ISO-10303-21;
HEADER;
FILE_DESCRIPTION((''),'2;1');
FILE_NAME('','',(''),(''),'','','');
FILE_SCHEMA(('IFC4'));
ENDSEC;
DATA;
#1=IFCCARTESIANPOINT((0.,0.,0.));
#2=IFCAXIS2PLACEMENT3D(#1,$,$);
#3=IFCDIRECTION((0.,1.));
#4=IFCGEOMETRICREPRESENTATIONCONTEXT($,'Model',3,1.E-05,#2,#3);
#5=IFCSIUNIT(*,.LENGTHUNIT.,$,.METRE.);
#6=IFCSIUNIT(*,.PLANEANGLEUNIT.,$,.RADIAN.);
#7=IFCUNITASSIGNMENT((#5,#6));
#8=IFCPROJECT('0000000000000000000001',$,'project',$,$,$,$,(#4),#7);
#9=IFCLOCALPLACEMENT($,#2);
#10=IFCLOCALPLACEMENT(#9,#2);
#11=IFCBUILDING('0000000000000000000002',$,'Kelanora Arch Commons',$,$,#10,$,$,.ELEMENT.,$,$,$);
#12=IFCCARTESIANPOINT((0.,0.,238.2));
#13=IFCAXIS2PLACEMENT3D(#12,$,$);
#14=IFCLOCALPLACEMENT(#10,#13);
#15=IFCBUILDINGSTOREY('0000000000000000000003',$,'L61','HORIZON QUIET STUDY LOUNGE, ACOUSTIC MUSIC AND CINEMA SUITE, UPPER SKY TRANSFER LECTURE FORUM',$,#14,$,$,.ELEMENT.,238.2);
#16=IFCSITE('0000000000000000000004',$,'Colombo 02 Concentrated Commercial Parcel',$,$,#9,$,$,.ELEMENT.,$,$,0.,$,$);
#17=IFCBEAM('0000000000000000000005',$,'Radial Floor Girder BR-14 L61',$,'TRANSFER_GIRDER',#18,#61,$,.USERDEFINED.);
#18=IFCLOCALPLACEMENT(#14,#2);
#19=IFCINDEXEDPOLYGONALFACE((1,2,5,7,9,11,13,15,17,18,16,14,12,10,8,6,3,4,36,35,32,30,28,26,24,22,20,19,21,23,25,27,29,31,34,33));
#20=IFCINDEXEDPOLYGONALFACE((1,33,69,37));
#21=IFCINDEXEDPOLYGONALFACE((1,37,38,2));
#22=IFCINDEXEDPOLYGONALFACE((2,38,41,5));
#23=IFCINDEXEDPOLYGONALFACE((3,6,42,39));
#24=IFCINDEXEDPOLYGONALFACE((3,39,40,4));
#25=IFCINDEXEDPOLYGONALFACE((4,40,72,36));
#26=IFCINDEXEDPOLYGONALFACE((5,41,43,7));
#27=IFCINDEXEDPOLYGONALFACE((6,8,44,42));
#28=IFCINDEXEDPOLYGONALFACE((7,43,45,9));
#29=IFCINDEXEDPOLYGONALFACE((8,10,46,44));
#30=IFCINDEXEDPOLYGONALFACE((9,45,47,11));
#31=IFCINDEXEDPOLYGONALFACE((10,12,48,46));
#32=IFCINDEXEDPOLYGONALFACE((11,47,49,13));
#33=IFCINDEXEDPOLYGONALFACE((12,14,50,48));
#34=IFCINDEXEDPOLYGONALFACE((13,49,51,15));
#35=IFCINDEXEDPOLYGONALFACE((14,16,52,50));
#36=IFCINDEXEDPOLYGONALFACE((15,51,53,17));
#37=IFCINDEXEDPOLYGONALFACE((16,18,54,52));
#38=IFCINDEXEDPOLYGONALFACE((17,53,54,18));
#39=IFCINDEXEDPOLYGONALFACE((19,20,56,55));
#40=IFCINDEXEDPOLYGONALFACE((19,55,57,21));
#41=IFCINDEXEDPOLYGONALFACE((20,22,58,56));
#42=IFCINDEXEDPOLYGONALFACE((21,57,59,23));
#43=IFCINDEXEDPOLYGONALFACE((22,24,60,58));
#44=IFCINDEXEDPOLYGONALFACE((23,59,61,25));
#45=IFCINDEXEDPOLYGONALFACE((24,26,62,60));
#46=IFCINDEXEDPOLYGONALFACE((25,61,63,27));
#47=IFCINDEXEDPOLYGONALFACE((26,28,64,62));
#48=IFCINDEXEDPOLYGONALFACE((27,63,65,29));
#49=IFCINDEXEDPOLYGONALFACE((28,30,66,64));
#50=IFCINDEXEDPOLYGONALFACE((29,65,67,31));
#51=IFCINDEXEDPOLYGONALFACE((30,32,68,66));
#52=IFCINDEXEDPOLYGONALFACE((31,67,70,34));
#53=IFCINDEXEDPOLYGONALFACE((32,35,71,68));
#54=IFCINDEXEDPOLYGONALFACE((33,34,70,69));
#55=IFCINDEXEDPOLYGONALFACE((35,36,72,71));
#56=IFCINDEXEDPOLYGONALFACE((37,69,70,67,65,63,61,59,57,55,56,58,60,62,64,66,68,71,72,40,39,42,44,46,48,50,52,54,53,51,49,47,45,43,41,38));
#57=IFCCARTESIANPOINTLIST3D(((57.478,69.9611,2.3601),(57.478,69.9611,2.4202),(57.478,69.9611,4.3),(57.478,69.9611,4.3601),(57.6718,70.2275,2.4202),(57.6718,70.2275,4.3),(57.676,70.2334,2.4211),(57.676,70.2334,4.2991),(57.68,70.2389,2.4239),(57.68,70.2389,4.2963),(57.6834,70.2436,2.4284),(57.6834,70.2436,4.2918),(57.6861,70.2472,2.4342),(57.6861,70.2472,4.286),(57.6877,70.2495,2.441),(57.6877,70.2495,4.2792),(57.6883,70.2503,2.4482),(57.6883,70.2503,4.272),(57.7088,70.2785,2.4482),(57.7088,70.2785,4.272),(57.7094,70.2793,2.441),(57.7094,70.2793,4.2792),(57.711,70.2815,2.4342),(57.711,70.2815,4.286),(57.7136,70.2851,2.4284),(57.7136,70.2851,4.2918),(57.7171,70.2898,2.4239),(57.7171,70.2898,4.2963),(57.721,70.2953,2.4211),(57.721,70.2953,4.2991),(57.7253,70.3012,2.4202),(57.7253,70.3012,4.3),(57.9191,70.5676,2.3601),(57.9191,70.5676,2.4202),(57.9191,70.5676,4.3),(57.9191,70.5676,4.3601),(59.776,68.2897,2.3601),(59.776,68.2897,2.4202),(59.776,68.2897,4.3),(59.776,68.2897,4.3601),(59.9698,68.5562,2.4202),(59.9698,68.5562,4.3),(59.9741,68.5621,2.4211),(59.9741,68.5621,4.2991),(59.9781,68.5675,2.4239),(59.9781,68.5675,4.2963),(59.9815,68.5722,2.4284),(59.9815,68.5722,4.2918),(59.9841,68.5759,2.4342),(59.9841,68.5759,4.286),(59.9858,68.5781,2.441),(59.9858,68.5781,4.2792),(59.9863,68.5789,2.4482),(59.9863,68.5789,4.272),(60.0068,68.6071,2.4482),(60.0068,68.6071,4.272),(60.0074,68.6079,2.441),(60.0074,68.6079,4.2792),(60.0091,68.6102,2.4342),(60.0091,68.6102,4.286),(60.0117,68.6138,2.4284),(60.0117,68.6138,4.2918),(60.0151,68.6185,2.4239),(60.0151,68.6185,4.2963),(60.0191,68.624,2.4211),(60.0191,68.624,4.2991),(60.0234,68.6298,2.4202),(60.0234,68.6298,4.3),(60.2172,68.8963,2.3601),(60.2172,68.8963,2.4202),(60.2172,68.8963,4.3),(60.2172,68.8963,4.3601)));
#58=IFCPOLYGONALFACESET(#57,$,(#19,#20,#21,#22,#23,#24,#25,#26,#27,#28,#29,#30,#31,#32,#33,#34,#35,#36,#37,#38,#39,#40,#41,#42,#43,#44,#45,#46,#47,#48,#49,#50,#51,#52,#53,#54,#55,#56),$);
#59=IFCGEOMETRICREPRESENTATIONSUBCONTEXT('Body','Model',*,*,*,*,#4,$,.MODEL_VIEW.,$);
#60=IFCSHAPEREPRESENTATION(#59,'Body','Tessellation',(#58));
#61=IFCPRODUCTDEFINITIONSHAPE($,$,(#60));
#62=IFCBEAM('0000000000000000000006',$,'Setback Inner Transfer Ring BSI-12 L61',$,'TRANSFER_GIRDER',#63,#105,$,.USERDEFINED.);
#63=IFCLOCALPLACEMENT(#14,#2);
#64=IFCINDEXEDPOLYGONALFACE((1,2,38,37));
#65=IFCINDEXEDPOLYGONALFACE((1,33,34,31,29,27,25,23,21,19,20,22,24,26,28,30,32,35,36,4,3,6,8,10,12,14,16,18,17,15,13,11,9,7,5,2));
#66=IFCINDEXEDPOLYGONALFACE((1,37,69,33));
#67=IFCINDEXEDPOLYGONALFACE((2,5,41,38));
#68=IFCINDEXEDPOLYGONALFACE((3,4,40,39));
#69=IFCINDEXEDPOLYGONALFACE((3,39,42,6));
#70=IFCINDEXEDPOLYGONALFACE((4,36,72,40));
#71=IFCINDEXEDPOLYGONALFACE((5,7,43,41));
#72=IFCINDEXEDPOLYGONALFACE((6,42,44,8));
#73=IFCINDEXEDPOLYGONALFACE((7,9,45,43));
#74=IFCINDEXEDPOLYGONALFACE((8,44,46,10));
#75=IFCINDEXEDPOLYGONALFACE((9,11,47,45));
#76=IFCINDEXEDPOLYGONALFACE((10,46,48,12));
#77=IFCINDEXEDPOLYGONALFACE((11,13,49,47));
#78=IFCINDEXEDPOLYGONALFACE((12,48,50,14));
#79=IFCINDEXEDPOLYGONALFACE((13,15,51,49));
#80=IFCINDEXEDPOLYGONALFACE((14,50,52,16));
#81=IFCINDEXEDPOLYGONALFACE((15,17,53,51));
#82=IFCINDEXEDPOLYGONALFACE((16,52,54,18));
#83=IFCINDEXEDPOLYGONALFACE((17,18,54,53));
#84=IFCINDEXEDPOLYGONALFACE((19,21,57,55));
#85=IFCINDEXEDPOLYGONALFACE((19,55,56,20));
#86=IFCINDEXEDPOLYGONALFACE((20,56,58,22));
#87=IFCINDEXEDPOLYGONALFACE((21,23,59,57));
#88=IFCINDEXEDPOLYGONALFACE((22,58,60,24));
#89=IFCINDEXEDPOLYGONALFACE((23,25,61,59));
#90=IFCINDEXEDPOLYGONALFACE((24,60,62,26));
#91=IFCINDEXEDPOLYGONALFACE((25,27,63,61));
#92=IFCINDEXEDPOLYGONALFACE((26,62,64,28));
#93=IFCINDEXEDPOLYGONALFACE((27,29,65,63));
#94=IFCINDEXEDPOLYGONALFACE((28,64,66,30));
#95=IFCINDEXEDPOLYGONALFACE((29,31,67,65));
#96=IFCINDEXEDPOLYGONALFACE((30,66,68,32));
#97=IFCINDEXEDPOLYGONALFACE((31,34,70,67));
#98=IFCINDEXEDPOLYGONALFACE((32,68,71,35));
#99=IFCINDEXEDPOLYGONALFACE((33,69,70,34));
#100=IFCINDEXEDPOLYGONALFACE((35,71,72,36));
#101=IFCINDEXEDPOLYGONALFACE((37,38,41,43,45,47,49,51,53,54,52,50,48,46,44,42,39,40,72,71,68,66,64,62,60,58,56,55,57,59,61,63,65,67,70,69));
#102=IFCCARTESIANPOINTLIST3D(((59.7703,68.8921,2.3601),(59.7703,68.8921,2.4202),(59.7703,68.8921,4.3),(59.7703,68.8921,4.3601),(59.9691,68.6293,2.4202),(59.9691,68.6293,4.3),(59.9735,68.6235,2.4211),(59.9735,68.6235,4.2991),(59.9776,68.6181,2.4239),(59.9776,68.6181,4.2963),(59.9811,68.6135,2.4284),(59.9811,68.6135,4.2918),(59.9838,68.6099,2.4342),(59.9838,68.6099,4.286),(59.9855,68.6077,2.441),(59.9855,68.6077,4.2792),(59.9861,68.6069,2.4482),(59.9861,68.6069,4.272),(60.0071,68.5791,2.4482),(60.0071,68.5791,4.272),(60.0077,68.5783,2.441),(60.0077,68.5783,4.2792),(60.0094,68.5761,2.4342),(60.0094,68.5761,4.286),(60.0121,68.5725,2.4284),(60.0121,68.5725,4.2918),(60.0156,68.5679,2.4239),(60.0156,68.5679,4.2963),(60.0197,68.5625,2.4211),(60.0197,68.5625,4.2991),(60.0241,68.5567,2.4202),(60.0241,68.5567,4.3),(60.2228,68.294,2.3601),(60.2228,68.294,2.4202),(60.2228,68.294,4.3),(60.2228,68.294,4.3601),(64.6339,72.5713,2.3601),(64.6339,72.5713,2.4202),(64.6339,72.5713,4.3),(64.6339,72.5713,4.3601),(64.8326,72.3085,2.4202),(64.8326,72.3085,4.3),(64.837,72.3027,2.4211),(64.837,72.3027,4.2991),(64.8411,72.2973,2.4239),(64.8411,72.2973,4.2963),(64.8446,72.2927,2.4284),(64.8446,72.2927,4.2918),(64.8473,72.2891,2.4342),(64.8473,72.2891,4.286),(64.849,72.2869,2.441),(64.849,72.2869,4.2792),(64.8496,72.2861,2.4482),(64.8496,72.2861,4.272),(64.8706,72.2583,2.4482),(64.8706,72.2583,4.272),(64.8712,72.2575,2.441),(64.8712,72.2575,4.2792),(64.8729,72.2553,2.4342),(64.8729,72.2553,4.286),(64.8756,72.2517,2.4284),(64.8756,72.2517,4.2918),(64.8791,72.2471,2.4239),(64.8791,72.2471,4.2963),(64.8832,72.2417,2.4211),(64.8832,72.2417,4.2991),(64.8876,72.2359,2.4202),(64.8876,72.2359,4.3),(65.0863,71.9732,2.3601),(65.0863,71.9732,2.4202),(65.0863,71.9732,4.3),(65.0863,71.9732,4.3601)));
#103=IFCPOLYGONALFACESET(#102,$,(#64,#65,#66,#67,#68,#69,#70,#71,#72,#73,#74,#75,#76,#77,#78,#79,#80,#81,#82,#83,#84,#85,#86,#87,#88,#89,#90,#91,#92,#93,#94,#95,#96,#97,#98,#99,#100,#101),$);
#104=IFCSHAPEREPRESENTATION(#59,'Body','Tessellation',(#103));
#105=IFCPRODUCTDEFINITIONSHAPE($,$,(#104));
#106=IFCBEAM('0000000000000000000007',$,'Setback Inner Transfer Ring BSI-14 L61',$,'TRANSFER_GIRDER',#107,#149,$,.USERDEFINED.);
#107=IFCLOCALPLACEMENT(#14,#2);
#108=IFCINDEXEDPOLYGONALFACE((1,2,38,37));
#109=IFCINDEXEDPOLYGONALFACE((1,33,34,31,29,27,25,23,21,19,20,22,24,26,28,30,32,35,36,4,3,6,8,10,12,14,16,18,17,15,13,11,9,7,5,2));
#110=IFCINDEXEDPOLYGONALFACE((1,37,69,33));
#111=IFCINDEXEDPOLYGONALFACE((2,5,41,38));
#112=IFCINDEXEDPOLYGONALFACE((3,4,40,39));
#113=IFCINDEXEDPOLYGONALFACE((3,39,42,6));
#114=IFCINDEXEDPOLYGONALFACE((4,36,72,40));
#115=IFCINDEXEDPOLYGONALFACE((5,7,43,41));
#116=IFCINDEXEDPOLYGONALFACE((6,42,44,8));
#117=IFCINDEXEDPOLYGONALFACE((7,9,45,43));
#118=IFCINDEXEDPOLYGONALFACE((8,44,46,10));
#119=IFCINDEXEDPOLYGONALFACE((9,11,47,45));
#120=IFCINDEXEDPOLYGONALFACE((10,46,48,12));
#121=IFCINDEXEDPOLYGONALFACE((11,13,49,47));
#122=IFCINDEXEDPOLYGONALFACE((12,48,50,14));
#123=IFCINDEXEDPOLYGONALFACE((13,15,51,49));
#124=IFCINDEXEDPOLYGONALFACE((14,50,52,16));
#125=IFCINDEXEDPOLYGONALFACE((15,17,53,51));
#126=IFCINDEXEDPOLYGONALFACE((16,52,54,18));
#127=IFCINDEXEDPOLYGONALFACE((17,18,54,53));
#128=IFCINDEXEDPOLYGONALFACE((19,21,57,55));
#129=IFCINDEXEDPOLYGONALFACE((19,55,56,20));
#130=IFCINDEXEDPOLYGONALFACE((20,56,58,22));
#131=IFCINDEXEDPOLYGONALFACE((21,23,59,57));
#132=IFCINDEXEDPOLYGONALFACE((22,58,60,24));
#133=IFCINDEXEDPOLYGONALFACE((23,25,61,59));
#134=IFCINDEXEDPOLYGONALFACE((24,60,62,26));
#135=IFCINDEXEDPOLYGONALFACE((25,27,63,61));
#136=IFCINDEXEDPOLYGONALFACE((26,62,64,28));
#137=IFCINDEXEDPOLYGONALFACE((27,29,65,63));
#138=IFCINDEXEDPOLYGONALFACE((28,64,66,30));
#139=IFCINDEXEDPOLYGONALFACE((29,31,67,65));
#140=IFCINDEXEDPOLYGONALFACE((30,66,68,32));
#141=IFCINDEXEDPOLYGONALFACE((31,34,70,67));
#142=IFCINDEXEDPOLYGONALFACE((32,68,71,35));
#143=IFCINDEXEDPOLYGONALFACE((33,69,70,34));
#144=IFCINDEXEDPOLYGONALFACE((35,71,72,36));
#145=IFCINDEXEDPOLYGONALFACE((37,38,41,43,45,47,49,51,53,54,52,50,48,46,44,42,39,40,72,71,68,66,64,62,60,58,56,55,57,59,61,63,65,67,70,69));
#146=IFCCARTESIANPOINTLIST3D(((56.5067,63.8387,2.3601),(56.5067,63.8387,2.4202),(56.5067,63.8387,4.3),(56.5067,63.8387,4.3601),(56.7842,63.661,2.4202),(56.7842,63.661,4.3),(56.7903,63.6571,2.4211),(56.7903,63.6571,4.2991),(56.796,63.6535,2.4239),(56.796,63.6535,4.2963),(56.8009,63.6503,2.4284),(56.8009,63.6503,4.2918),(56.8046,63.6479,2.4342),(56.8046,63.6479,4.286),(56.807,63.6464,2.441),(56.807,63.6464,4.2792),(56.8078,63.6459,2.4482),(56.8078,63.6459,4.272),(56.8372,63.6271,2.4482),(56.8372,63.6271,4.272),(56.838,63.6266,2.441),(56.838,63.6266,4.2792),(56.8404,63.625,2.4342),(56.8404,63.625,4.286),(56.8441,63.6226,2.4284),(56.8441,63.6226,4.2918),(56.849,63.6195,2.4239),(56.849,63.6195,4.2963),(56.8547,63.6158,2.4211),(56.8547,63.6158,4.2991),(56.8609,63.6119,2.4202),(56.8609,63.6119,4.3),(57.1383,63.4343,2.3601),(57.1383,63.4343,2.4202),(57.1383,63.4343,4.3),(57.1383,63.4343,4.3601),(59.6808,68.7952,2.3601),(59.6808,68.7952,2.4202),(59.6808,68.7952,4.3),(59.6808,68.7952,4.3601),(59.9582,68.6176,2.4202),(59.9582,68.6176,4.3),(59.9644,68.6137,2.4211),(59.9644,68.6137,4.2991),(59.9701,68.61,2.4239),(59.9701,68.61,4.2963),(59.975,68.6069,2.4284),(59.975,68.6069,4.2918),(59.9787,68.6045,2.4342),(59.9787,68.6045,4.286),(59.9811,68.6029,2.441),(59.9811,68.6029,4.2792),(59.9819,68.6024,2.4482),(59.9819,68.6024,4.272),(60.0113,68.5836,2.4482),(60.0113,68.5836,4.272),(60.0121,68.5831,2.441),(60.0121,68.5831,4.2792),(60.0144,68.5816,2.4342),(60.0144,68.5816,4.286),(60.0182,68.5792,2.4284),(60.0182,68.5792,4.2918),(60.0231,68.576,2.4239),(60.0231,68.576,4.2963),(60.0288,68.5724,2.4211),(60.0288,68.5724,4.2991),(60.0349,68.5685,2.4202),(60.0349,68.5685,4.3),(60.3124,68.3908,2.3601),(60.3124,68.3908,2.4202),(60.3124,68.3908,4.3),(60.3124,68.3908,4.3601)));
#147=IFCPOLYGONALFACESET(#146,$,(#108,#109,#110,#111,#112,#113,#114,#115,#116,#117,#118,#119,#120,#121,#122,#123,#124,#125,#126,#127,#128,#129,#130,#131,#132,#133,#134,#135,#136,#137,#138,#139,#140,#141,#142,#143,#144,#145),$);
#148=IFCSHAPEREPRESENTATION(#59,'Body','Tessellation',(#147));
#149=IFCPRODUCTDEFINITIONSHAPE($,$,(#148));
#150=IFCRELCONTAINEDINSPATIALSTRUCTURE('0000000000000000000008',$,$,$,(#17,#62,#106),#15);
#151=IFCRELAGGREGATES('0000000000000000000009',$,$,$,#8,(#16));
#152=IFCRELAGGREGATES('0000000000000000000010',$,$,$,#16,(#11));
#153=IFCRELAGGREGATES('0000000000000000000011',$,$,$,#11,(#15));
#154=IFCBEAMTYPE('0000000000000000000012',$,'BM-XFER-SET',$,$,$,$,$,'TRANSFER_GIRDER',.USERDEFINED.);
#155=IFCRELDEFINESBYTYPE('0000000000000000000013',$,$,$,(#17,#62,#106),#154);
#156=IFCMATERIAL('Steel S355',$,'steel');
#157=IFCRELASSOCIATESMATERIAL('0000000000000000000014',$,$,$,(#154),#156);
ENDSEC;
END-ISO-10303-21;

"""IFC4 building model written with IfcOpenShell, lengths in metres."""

from ifc_helpers import new_model, si_unit, direction, frame, origin, origin_2d, place, context, subcontext, project, spatial, i_section, extrude, material, material_profile, profile_set, type_object, element, save


model = new_model("IFC4")

# Units and contexts
model_context = context("Model", 3, precision=1e-05, world=origin(), true_north=direction((0.0, 1.0)))
body_context = subcontext(model_context, "Body", "Model", "MODEL_VIEW")
ifc_project = project(units=[si_unit("LENGTHUNIT", "METRE"), si_unit("PLANEANGLEUNIT", "RADIAN")], contexts=[model_context])

# Site, building, storey
site_placement = place(None, origin())
site = spatial("IfcSite", under=ifc_project, at=site_placement, Name="Colombo 02 Concentrated Commercial Parcel", CompositionType="ELEMENT", RefElevation=0.0)
building_placement = place(site_placement, origin())
building = spatial("IfcBuilding", under=site, at=building_placement, Name="Kelanora Arch Commons", CompositionType="ELEMENT")
storey_placement = place(building_placement, frame((0.0, 0.0, 238.2)))
storey = spatial("IfcBuildingStorey", under=building, at=storey_placement, Name="L61", Description="HORIZON QUIET STUDY LOUNGE, ACOUSTIC MUSIC AND CINEMA SUITE, UPPER SKY TRANSFER LECTURE FORUM", CompositionType="ELEMENT", Elevation=238.2)

# Beams
ifc_material_1 = material(Name="Steel S355", Category="steel")
ifc_material_profile_1 = material_profile(ifc_material_1, i_section(OverallWidth=0.75, OverallDepth=2.0, WebThickness=0.0349, FlangeThickness=0.0601, FilletRadius=0.0281, at=origin_2d()), Name="PG2000x750")
ifc_profile_set_1 = profile_set([ifc_material_profile_1], Name="Steel S355")
beam_type_1 = type_object("IfcBeamType", Name="BM-XFER-SET", ElementType="TRANSFER_GIRDER", PredefinedType="USERDEFINED", material=ifc_profile_set_1)
beam_1_placement = place(storey_placement, frame((59.9966, 68.593, 3.3601), z_axis=(-0.808729, 0.588182, 0.0), x_axis=(-0.588182, -0.808729, 0.0)))
element("IfcBeam", 1, at=beam_1_placement, inside=storey, type_object=beam_type_1, Name="Radial Floor Girder BR-14 L61", ObjectType="TRANSFER_GIRDER", PredefinedType="USERDEFINED", context=body_context, shape_type="SweptSolid", body=[
    extrude(i_section(OverallWidth=0.75, OverallDepth=2.0, WebThickness=0.0349, FlangeThickness=0.0601, FilletRadius=0.0281, at=origin_2d()), origin(), (0.0, 0.0, 1.0), 2.8416),
])
beam_2_placement = place(storey_placement, frame((64.8601, 72.2722, 3.3601), z_axis=(-0.797509, -0.603306, 0.0), x_axis=(0.603306, -0.797509, 0.0)))
element("IfcBeam", 2, at=beam_2_placement, inside=storey, type_object=beam_type_1, Name="Setback Inner Transfer Ring BSI-12 L61", ObjectType="TRANSFER_GIRDER", PredefinedType="USERDEFINED", context=body_context, shape_type="SweptSolid", body=[
    extrude(i_section(OverallWidth=0.75, OverallDepth=2.0, WebThickness=0.0349, FlangeThickness=0.0601, FilletRadius=0.0281, at=origin_2d()), origin(), (0.0, 0.0, 1.0), 6.0984),
])
beam_3_placement = place(storey_placement, frame((59.9966, 68.593, 3.3601), z_axis=(-0.539281, -0.842126, 0.0), x_axis=(0.842126, -0.539281, 0.0)))
element("IfcBeam", 3, at=beam_3_placement, inside=storey, type_object=beam_type_1, Name="Setback Inner Transfer Ring BSI-14 L61", ObjectType="TRANSFER_GIRDER", PredefinedType="USERDEFINED", context=body_context, shape_type="SweptSolid", body=[
    extrude(i_section(OverallWidth=0.75, OverallDepth=2.0, WebThickness=0.0349, FlangeThickness=0.0601, FilletRadius=0.0281, at=origin_2d()), origin(), (0.0, 0.0, 1.0), 5.8857),
])

save(model, "model.ifc")
